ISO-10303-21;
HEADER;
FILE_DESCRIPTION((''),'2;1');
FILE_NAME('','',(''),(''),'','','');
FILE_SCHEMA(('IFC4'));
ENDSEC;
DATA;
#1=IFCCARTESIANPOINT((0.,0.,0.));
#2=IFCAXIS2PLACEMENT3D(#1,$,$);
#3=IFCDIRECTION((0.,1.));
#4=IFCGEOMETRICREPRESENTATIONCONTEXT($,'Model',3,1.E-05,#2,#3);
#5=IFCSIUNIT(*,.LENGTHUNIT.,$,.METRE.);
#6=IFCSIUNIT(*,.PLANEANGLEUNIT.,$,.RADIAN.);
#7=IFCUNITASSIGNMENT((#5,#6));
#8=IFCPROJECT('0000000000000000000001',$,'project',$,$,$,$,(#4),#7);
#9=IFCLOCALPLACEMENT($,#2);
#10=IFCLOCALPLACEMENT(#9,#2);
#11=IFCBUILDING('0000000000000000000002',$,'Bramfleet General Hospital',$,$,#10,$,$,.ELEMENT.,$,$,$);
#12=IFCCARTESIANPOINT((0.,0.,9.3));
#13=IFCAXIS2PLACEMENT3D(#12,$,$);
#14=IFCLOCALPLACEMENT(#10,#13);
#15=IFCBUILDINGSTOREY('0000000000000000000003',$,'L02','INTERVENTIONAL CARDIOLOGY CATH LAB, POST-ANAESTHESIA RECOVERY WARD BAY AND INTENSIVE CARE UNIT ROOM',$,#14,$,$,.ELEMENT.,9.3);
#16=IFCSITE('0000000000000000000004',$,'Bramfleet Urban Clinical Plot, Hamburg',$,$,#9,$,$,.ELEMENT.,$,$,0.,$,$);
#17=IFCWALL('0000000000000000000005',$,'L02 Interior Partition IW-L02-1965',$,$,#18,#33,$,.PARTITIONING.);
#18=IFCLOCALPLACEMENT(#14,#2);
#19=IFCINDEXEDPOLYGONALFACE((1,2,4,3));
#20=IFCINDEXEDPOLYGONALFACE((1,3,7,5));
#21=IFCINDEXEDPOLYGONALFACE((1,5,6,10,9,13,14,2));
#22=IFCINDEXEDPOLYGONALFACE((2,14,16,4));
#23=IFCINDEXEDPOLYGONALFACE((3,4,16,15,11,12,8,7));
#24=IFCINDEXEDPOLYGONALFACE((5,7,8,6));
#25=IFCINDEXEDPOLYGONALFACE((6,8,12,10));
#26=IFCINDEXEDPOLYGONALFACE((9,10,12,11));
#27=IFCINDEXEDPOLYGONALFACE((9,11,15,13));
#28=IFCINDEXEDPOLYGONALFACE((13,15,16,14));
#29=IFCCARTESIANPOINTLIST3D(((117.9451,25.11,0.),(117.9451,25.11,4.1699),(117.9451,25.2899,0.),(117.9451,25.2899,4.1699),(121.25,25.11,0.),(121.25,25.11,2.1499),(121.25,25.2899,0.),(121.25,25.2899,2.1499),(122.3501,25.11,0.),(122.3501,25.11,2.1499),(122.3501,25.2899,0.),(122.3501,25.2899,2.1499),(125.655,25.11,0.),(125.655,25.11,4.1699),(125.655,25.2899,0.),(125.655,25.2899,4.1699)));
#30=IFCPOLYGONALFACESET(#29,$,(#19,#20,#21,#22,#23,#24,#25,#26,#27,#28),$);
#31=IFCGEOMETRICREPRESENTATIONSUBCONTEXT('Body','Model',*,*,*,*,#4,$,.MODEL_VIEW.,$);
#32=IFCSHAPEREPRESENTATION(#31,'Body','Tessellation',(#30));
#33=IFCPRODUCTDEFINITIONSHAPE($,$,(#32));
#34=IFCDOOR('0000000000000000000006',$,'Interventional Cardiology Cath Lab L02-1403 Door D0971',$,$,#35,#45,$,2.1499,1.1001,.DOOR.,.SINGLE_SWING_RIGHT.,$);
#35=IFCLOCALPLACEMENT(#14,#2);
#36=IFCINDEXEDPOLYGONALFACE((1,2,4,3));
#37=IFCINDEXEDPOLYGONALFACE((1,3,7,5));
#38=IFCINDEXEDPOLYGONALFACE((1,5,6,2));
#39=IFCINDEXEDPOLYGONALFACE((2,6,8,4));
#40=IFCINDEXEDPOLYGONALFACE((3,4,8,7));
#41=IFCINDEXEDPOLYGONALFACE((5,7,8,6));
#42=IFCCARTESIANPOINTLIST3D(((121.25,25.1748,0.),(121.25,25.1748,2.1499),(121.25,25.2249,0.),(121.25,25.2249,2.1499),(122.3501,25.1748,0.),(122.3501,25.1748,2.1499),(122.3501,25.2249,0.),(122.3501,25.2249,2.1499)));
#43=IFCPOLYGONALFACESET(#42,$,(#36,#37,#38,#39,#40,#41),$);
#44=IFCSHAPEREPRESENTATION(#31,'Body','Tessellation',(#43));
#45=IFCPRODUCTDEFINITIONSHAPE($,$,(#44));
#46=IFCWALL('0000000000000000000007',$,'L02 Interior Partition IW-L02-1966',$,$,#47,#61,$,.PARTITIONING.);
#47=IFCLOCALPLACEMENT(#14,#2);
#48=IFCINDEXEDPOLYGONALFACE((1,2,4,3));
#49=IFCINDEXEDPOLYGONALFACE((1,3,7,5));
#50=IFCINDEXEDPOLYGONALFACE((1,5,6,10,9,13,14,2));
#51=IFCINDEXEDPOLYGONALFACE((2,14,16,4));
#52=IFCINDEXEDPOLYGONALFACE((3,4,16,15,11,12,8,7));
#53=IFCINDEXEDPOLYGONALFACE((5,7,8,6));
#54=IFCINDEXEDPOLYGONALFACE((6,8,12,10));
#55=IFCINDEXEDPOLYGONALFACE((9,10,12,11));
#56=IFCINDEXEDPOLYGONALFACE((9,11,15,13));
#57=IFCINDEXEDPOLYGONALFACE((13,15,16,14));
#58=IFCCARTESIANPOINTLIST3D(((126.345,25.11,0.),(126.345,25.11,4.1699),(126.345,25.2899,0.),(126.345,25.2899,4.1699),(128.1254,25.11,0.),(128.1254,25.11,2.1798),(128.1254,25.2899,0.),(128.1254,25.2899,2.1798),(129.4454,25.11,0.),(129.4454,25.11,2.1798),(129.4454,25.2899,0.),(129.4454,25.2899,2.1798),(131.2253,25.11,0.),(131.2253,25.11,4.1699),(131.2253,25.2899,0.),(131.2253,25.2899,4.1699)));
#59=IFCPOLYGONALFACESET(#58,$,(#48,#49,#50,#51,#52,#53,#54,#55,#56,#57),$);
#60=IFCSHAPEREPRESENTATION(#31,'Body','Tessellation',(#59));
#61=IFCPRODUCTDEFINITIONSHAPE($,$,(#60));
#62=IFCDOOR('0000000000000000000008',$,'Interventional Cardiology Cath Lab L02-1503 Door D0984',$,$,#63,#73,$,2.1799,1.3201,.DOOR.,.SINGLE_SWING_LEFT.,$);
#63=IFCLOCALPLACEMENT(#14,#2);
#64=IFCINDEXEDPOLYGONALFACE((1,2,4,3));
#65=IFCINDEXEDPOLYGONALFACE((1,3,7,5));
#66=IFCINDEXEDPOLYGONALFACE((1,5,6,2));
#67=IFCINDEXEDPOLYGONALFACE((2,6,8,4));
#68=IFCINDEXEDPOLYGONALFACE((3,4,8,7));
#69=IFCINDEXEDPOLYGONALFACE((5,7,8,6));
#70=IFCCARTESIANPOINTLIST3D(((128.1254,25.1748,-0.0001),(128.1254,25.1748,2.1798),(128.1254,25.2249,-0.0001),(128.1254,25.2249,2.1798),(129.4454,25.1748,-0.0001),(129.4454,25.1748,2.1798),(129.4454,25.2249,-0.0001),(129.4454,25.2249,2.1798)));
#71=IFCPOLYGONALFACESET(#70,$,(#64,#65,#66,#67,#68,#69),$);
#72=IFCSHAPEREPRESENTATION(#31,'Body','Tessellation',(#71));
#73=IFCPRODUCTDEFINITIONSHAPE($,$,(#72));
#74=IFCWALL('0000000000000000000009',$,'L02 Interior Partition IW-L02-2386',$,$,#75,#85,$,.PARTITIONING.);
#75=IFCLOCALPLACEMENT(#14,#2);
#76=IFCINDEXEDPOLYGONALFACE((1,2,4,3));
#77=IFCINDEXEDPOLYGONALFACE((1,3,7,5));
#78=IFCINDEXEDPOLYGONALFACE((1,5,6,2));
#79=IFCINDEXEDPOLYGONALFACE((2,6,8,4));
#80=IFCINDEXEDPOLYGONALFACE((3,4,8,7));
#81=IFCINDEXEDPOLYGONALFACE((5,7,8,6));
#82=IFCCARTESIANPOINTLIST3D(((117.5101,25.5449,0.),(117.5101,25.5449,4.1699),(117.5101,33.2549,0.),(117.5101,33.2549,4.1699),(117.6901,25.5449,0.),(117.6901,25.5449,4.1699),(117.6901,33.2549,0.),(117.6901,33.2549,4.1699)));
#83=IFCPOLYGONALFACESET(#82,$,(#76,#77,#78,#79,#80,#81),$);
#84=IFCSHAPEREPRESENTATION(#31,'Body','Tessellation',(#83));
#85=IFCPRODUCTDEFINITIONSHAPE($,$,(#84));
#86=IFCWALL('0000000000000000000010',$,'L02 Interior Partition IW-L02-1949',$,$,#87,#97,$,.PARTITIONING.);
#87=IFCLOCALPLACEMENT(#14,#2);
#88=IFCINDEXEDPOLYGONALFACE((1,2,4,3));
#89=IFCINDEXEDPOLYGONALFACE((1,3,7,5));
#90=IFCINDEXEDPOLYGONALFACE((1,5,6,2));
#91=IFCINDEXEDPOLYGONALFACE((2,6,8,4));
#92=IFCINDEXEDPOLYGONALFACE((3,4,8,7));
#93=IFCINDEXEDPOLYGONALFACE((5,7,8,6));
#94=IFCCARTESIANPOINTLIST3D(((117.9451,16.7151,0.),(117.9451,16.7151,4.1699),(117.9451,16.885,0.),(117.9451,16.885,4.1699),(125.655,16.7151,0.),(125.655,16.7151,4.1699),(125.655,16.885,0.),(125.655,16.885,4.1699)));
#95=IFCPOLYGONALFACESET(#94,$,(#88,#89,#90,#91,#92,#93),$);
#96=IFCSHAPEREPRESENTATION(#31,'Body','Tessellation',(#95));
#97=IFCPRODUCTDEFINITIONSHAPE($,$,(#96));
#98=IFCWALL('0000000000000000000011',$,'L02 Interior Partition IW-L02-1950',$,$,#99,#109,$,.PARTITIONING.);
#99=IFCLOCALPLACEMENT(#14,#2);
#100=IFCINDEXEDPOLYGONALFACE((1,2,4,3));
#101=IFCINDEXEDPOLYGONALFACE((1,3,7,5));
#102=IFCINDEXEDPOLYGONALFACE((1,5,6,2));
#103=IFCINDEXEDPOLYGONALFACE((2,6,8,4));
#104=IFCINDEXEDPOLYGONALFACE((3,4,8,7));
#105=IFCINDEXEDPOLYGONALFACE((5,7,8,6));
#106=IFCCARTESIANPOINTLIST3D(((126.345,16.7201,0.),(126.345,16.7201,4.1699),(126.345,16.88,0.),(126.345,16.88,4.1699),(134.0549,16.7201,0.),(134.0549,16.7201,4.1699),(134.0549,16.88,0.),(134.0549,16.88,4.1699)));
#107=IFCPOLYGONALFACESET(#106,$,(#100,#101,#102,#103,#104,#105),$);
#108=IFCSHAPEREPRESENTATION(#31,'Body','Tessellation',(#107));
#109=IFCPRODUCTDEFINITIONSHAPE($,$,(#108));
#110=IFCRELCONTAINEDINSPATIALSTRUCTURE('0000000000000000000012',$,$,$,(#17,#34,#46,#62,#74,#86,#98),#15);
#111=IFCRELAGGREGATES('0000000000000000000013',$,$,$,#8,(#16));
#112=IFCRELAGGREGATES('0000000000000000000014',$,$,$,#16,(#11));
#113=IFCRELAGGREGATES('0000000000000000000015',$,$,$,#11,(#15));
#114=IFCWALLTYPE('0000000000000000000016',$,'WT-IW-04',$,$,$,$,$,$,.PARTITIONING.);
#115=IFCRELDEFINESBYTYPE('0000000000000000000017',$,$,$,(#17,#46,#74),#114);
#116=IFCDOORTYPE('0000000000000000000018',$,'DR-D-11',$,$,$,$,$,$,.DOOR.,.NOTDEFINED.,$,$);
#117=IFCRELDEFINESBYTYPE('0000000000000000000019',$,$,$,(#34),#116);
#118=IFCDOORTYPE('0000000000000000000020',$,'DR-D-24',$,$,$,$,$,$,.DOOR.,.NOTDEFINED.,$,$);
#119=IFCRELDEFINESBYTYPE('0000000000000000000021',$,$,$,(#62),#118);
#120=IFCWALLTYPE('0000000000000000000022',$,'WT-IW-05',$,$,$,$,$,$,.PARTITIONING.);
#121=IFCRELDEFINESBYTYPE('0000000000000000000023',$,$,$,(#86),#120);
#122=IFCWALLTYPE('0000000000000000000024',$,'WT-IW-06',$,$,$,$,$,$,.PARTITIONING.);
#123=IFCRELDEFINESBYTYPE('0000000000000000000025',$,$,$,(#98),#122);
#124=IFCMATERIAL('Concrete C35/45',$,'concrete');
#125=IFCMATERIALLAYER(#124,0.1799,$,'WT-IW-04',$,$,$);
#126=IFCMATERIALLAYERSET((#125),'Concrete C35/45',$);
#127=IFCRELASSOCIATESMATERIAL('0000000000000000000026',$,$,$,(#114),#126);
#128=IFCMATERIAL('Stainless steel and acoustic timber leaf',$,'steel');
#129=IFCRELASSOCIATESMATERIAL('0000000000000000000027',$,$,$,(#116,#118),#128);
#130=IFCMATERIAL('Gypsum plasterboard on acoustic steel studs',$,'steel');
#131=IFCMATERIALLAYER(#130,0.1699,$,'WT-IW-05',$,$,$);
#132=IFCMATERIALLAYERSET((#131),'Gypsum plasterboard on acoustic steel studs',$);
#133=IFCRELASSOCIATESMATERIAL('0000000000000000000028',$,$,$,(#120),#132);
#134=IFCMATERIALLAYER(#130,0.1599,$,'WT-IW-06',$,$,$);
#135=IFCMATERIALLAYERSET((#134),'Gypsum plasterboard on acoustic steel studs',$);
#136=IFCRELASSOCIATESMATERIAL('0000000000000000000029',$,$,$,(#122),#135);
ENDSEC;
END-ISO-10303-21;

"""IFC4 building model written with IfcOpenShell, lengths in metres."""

from ifc_helpers import new_model, si_unit, direction, frame, frame_2d, origin, place, context, subcontext, project, spatial, rectangle, extrude, material, layer, layer_set, type_object, element, fill, save


model = new_model("IFC4")

# Units and contexts
model_context = context("Model", 3, precision=1e-05, world=origin(), true_north=direction((0.0, 1.0)))
body_context = subcontext(model_context, "Body", "Model", "MODEL_VIEW")
ifc_project = project(units=[si_unit("LENGTHUNIT", "METRE"), si_unit("PLANEANGLEUNIT", "RADIAN")], contexts=[model_context])

# Site, building, storey
site_placement = place(None, origin())
site = spatial("IfcSite", under=ifc_project, at=site_placement, Name="Bramfleet Urban Clinical Plot, Hamburg", CompositionType="ELEMENT", RefElevation=0.0)
building_placement = place(site_placement, origin())
building = spatial("IfcBuilding", under=site, at=building_placement, Name="Bramfleet General Hospital", CompositionType="ELEMENT")
storey_placement = place(building_placement, frame((0.0, 0.0, 9.3)))
storey = spatial("IfcBuildingStorey", under=building, at=storey_placement, Name="L02", Description="INTERVENTIONAL CARDIOLOGY CATH LAB, POST-ANAESTHESIA RECOVERY WARD BAY AND INTENSIVE CARE UNIT ROOM", CompositionType="ELEMENT", Elevation=9.3)

# Shared definitions
ifc_material_1 = material(Name="Concrete C35/45", Category="concrete")

# Walls, openings, doors
ifc_material_2 = material(Name="Stainless steel and acoustic timber leaf", Category="steel")
ifc_layer_1 = layer(ifc_material_1, 0.1799, Name="WT-IW-04")
ifc_layer_set_1 = layer_set([ifc_layer_1], Name="Concrete C35/45")
wall_type_1 = type_object("IfcWallType", Name="WT-IW-04", PredefinedType="PARTITIONING", material=ifc_layer_set_1)
wall_1_placement = place(storey_placement, frame((117.9451, 25.2, 0.0), z_axis=(0.0, 0.0, 1.0), x_axis=(1.0, 0.0, 0.0)))
wall_1 = element("IfcWall", 1, at=wall_1_placement, inside=storey, type_object=wall_type_1, Name="L02 Interior Partition IW-L02-1965", PredefinedType="PARTITIONING", context=body_context, shape_type="SweptSolid", body=[
    extrude(rectangle(XDim=7.71, YDim=0.1799, at=frame_2d((3.855, 0.0))), origin(), (0.0, 0.0, 1.0), 4.1699),
])
opening_1_placement = place(wall_1_placement, frame((3.3049, 0.0, 0.0)))
opening_1 = element("IfcOpeningElement", 2, at=opening_1_placement, cuts=wall_1, PredefinedType="OPENING", context=body_context, shape_type="SweptSolid", body=[
    extrude(rectangle(XDim=1.1001, YDim=2.1499, at=frame_2d((0.55, 1.075))), frame((0.0, 0.0999, 0.0), z_axis=(0.0, -1.0, 0.0), x_axis=(1.0, 0.0, 0.0)), (0.0, 0.0, 1.0), 0.2),
])
door_type_1 = type_object("IfcDoorType", Name="DR-D-11", OperationType="NOTDEFINED", PredefinedType="DOOR", material=ifc_material_2)
door_1_placement = place(opening_1_placement, origin())
door_1 = element("IfcDoor", 3, at=door_1_placement, inside=storey, type_object=door_type_1, Name="Interventional Cardiology Cath Lab L02-1403 Door D0971", OperationType="SINGLE_SWING_RIGHT", OverallHeight=2.1499, OverallWidth=1.1001, PredefinedType="DOOR", context=body_context, shape_type="SweptSolid", body=[
    extrude(rectangle(XDim=1.1001, YDim=2.1499, at=frame_2d((0.55, 1.075))), frame((0.0, 0.0249, 0.0), z_axis=(0.0, -1.0, 0.0), x_axis=(1.0, 0.0, 0.0)), (0.0, 0.0, 1.0), 0.05),
])
fill(opening_1, door_1)
wall_2_placement = place(storey_placement, frame((126.345, 25.2, 0.0), z_axis=(0.0, 0.0, 1.0), x_axis=(1.0, 0.0, 0.0)))
wall_2 = element("IfcWall", 4, at=wall_2_placement, inside=storey, type_object=wall_type_1, Name="L02 Interior Partition IW-L02-1966", PredefinedType="PARTITIONING", context=body_context, shape_type="SweptSolid", body=[
    extrude(rectangle(XDim=4.8804, YDim=0.1799, at=frame_2d((2.4402, 0.0))), origin(), (0.0, 0.0, 1.0), 4.1699),
])
opening_2_placement = place(wall_2_placement, frame((1.7803, 0.0, 0.0)))
opening_2 = element("IfcOpeningElement", 5, at=opening_2_placement, cuts=wall_2, PredefinedType="OPENING", context=body_context, shape_type="SweptSolid", body=[
    extrude(rectangle(XDim=1.3201, YDim=2.1799, at=frame_2d((0.6602, 1.0898))), frame((0.0, 0.0999, 0.0), z_axis=(0.0, -1.0, 0.0), x_axis=(1.0, 0.0, 0.0)), (0.0, 0.0, 1.0), 0.2),
])
door_type_2 = type_object("IfcDoorType", Name="DR-D-24", OperationType="NOTDEFINED", PredefinedType="DOOR", material=ifc_material_2)
door_2_placement = place(opening_2_placement, origin())
door_2 = element("IfcDoor", 6, at=door_2_placement, inside=storey, type_object=door_type_2, Name="Interventional Cardiology Cath Lab L02-1503 Door D0984", OperationType="SINGLE_SWING_LEFT", OverallHeight=2.1799, OverallWidth=1.3201, PredefinedType="DOOR", context=body_context, shape_type="SweptSolid", body=[
    extrude(rectangle(XDim=1.3201, YDim=2.1799, at=frame_2d((0.6602, 1.0898))), frame((0.0, 0.0249, 0.0), z_axis=(0.0, -1.0, 0.0), x_axis=(1.0, 0.0, 0.0)), (0.0, 0.0, 1.0), 0.05),
])
fill(opening_2, door_2)

# Walls
wall_3_placement = place(storey_placement, frame((117.6001, 25.5449, 0.0), z_axis=(0.0, 0.0, 1.0), x_axis=(0.0, 1.0, 0.0)))
element("IfcWall", 7, at=wall_3_placement, inside=storey, type_object=wall_type_1, Name="L02 Interior Partition IW-L02-2386", PredefinedType="PARTITIONING", context=body_context, shape_type="SweptSolid", body=[
    extrude(rectangle(XDim=7.71, YDim=0.1799, at=frame_2d((3.855, 0.0))), origin(), (0.0, 0.0, 1.0), 4.1699),
])
ifc_material_3 = material(Name="Gypsum plasterboard on acoustic steel studs", Category="steel")
ifc_layer_2 = layer(ifc_material_3, 0.1699, Name="WT-IW-05")
ifc_layer_set_2 = layer_set([ifc_layer_2], Name="Gypsum plasterboard on acoustic steel studs")
wall_type_2 = type_object("IfcWallType", Name="WT-IW-05", PredefinedType="PARTITIONING", material=ifc_layer_set_2)
wall_4_placement = place(storey_placement, frame((117.9451, 16.8, 0.0), z_axis=(0.0, 0.0, 1.0), x_axis=(1.0, 0.0, 0.0)))
element("IfcWall", 8, at=wall_4_placement, inside=storey, type_object=wall_type_2, Name="L02 Interior Partition IW-L02-1949", PredefinedType="PARTITIONING", context=body_context, shape_type="SweptSolid", body=[
    extrude(rectangle(XDim=7.71, YDim=0.1699, at=frame_2d((3.855, 0.0))), origin(), (0.0, 0.0, 1.0), 4.1699),
])
ifc_layer_3 = layer(ifc_material_3, 0.1599, Name="WT-IW-06")
ifc_layer_set_3 = layer_set([ifc_layer_3], Name="Gypsum plasterboard on acoustic steel studs")
wall_type_3 = type_object("IfcWallType", Name="WT-IW-06", PredefinedType="PARTITIONING", material=ifc_layer_set_3)
wall_5_placement = place(storey_placement, frame((126.345, 16.8, 0.0), z_axis=(0.0, 0.0, 1.0), x_axis=(1.0, 0.0, 0.0)))
element("IfcWall", 9, at=wall_5_placement, inside=storey, type_object=wall_type_3, Name="L02 Interior Partition IW-L02-1950", PredefinedType="PARTITIONING", context=body_context, shape_type="SweptSolid", body=[
    extrude(rectangle(XDim=7.71, YDim=0.1599, at=frame_2d((3.855, 0.0))), origin(), (0.0, 0.0, 1.0), 4.1699),
])

save(model, "model.ifc")
